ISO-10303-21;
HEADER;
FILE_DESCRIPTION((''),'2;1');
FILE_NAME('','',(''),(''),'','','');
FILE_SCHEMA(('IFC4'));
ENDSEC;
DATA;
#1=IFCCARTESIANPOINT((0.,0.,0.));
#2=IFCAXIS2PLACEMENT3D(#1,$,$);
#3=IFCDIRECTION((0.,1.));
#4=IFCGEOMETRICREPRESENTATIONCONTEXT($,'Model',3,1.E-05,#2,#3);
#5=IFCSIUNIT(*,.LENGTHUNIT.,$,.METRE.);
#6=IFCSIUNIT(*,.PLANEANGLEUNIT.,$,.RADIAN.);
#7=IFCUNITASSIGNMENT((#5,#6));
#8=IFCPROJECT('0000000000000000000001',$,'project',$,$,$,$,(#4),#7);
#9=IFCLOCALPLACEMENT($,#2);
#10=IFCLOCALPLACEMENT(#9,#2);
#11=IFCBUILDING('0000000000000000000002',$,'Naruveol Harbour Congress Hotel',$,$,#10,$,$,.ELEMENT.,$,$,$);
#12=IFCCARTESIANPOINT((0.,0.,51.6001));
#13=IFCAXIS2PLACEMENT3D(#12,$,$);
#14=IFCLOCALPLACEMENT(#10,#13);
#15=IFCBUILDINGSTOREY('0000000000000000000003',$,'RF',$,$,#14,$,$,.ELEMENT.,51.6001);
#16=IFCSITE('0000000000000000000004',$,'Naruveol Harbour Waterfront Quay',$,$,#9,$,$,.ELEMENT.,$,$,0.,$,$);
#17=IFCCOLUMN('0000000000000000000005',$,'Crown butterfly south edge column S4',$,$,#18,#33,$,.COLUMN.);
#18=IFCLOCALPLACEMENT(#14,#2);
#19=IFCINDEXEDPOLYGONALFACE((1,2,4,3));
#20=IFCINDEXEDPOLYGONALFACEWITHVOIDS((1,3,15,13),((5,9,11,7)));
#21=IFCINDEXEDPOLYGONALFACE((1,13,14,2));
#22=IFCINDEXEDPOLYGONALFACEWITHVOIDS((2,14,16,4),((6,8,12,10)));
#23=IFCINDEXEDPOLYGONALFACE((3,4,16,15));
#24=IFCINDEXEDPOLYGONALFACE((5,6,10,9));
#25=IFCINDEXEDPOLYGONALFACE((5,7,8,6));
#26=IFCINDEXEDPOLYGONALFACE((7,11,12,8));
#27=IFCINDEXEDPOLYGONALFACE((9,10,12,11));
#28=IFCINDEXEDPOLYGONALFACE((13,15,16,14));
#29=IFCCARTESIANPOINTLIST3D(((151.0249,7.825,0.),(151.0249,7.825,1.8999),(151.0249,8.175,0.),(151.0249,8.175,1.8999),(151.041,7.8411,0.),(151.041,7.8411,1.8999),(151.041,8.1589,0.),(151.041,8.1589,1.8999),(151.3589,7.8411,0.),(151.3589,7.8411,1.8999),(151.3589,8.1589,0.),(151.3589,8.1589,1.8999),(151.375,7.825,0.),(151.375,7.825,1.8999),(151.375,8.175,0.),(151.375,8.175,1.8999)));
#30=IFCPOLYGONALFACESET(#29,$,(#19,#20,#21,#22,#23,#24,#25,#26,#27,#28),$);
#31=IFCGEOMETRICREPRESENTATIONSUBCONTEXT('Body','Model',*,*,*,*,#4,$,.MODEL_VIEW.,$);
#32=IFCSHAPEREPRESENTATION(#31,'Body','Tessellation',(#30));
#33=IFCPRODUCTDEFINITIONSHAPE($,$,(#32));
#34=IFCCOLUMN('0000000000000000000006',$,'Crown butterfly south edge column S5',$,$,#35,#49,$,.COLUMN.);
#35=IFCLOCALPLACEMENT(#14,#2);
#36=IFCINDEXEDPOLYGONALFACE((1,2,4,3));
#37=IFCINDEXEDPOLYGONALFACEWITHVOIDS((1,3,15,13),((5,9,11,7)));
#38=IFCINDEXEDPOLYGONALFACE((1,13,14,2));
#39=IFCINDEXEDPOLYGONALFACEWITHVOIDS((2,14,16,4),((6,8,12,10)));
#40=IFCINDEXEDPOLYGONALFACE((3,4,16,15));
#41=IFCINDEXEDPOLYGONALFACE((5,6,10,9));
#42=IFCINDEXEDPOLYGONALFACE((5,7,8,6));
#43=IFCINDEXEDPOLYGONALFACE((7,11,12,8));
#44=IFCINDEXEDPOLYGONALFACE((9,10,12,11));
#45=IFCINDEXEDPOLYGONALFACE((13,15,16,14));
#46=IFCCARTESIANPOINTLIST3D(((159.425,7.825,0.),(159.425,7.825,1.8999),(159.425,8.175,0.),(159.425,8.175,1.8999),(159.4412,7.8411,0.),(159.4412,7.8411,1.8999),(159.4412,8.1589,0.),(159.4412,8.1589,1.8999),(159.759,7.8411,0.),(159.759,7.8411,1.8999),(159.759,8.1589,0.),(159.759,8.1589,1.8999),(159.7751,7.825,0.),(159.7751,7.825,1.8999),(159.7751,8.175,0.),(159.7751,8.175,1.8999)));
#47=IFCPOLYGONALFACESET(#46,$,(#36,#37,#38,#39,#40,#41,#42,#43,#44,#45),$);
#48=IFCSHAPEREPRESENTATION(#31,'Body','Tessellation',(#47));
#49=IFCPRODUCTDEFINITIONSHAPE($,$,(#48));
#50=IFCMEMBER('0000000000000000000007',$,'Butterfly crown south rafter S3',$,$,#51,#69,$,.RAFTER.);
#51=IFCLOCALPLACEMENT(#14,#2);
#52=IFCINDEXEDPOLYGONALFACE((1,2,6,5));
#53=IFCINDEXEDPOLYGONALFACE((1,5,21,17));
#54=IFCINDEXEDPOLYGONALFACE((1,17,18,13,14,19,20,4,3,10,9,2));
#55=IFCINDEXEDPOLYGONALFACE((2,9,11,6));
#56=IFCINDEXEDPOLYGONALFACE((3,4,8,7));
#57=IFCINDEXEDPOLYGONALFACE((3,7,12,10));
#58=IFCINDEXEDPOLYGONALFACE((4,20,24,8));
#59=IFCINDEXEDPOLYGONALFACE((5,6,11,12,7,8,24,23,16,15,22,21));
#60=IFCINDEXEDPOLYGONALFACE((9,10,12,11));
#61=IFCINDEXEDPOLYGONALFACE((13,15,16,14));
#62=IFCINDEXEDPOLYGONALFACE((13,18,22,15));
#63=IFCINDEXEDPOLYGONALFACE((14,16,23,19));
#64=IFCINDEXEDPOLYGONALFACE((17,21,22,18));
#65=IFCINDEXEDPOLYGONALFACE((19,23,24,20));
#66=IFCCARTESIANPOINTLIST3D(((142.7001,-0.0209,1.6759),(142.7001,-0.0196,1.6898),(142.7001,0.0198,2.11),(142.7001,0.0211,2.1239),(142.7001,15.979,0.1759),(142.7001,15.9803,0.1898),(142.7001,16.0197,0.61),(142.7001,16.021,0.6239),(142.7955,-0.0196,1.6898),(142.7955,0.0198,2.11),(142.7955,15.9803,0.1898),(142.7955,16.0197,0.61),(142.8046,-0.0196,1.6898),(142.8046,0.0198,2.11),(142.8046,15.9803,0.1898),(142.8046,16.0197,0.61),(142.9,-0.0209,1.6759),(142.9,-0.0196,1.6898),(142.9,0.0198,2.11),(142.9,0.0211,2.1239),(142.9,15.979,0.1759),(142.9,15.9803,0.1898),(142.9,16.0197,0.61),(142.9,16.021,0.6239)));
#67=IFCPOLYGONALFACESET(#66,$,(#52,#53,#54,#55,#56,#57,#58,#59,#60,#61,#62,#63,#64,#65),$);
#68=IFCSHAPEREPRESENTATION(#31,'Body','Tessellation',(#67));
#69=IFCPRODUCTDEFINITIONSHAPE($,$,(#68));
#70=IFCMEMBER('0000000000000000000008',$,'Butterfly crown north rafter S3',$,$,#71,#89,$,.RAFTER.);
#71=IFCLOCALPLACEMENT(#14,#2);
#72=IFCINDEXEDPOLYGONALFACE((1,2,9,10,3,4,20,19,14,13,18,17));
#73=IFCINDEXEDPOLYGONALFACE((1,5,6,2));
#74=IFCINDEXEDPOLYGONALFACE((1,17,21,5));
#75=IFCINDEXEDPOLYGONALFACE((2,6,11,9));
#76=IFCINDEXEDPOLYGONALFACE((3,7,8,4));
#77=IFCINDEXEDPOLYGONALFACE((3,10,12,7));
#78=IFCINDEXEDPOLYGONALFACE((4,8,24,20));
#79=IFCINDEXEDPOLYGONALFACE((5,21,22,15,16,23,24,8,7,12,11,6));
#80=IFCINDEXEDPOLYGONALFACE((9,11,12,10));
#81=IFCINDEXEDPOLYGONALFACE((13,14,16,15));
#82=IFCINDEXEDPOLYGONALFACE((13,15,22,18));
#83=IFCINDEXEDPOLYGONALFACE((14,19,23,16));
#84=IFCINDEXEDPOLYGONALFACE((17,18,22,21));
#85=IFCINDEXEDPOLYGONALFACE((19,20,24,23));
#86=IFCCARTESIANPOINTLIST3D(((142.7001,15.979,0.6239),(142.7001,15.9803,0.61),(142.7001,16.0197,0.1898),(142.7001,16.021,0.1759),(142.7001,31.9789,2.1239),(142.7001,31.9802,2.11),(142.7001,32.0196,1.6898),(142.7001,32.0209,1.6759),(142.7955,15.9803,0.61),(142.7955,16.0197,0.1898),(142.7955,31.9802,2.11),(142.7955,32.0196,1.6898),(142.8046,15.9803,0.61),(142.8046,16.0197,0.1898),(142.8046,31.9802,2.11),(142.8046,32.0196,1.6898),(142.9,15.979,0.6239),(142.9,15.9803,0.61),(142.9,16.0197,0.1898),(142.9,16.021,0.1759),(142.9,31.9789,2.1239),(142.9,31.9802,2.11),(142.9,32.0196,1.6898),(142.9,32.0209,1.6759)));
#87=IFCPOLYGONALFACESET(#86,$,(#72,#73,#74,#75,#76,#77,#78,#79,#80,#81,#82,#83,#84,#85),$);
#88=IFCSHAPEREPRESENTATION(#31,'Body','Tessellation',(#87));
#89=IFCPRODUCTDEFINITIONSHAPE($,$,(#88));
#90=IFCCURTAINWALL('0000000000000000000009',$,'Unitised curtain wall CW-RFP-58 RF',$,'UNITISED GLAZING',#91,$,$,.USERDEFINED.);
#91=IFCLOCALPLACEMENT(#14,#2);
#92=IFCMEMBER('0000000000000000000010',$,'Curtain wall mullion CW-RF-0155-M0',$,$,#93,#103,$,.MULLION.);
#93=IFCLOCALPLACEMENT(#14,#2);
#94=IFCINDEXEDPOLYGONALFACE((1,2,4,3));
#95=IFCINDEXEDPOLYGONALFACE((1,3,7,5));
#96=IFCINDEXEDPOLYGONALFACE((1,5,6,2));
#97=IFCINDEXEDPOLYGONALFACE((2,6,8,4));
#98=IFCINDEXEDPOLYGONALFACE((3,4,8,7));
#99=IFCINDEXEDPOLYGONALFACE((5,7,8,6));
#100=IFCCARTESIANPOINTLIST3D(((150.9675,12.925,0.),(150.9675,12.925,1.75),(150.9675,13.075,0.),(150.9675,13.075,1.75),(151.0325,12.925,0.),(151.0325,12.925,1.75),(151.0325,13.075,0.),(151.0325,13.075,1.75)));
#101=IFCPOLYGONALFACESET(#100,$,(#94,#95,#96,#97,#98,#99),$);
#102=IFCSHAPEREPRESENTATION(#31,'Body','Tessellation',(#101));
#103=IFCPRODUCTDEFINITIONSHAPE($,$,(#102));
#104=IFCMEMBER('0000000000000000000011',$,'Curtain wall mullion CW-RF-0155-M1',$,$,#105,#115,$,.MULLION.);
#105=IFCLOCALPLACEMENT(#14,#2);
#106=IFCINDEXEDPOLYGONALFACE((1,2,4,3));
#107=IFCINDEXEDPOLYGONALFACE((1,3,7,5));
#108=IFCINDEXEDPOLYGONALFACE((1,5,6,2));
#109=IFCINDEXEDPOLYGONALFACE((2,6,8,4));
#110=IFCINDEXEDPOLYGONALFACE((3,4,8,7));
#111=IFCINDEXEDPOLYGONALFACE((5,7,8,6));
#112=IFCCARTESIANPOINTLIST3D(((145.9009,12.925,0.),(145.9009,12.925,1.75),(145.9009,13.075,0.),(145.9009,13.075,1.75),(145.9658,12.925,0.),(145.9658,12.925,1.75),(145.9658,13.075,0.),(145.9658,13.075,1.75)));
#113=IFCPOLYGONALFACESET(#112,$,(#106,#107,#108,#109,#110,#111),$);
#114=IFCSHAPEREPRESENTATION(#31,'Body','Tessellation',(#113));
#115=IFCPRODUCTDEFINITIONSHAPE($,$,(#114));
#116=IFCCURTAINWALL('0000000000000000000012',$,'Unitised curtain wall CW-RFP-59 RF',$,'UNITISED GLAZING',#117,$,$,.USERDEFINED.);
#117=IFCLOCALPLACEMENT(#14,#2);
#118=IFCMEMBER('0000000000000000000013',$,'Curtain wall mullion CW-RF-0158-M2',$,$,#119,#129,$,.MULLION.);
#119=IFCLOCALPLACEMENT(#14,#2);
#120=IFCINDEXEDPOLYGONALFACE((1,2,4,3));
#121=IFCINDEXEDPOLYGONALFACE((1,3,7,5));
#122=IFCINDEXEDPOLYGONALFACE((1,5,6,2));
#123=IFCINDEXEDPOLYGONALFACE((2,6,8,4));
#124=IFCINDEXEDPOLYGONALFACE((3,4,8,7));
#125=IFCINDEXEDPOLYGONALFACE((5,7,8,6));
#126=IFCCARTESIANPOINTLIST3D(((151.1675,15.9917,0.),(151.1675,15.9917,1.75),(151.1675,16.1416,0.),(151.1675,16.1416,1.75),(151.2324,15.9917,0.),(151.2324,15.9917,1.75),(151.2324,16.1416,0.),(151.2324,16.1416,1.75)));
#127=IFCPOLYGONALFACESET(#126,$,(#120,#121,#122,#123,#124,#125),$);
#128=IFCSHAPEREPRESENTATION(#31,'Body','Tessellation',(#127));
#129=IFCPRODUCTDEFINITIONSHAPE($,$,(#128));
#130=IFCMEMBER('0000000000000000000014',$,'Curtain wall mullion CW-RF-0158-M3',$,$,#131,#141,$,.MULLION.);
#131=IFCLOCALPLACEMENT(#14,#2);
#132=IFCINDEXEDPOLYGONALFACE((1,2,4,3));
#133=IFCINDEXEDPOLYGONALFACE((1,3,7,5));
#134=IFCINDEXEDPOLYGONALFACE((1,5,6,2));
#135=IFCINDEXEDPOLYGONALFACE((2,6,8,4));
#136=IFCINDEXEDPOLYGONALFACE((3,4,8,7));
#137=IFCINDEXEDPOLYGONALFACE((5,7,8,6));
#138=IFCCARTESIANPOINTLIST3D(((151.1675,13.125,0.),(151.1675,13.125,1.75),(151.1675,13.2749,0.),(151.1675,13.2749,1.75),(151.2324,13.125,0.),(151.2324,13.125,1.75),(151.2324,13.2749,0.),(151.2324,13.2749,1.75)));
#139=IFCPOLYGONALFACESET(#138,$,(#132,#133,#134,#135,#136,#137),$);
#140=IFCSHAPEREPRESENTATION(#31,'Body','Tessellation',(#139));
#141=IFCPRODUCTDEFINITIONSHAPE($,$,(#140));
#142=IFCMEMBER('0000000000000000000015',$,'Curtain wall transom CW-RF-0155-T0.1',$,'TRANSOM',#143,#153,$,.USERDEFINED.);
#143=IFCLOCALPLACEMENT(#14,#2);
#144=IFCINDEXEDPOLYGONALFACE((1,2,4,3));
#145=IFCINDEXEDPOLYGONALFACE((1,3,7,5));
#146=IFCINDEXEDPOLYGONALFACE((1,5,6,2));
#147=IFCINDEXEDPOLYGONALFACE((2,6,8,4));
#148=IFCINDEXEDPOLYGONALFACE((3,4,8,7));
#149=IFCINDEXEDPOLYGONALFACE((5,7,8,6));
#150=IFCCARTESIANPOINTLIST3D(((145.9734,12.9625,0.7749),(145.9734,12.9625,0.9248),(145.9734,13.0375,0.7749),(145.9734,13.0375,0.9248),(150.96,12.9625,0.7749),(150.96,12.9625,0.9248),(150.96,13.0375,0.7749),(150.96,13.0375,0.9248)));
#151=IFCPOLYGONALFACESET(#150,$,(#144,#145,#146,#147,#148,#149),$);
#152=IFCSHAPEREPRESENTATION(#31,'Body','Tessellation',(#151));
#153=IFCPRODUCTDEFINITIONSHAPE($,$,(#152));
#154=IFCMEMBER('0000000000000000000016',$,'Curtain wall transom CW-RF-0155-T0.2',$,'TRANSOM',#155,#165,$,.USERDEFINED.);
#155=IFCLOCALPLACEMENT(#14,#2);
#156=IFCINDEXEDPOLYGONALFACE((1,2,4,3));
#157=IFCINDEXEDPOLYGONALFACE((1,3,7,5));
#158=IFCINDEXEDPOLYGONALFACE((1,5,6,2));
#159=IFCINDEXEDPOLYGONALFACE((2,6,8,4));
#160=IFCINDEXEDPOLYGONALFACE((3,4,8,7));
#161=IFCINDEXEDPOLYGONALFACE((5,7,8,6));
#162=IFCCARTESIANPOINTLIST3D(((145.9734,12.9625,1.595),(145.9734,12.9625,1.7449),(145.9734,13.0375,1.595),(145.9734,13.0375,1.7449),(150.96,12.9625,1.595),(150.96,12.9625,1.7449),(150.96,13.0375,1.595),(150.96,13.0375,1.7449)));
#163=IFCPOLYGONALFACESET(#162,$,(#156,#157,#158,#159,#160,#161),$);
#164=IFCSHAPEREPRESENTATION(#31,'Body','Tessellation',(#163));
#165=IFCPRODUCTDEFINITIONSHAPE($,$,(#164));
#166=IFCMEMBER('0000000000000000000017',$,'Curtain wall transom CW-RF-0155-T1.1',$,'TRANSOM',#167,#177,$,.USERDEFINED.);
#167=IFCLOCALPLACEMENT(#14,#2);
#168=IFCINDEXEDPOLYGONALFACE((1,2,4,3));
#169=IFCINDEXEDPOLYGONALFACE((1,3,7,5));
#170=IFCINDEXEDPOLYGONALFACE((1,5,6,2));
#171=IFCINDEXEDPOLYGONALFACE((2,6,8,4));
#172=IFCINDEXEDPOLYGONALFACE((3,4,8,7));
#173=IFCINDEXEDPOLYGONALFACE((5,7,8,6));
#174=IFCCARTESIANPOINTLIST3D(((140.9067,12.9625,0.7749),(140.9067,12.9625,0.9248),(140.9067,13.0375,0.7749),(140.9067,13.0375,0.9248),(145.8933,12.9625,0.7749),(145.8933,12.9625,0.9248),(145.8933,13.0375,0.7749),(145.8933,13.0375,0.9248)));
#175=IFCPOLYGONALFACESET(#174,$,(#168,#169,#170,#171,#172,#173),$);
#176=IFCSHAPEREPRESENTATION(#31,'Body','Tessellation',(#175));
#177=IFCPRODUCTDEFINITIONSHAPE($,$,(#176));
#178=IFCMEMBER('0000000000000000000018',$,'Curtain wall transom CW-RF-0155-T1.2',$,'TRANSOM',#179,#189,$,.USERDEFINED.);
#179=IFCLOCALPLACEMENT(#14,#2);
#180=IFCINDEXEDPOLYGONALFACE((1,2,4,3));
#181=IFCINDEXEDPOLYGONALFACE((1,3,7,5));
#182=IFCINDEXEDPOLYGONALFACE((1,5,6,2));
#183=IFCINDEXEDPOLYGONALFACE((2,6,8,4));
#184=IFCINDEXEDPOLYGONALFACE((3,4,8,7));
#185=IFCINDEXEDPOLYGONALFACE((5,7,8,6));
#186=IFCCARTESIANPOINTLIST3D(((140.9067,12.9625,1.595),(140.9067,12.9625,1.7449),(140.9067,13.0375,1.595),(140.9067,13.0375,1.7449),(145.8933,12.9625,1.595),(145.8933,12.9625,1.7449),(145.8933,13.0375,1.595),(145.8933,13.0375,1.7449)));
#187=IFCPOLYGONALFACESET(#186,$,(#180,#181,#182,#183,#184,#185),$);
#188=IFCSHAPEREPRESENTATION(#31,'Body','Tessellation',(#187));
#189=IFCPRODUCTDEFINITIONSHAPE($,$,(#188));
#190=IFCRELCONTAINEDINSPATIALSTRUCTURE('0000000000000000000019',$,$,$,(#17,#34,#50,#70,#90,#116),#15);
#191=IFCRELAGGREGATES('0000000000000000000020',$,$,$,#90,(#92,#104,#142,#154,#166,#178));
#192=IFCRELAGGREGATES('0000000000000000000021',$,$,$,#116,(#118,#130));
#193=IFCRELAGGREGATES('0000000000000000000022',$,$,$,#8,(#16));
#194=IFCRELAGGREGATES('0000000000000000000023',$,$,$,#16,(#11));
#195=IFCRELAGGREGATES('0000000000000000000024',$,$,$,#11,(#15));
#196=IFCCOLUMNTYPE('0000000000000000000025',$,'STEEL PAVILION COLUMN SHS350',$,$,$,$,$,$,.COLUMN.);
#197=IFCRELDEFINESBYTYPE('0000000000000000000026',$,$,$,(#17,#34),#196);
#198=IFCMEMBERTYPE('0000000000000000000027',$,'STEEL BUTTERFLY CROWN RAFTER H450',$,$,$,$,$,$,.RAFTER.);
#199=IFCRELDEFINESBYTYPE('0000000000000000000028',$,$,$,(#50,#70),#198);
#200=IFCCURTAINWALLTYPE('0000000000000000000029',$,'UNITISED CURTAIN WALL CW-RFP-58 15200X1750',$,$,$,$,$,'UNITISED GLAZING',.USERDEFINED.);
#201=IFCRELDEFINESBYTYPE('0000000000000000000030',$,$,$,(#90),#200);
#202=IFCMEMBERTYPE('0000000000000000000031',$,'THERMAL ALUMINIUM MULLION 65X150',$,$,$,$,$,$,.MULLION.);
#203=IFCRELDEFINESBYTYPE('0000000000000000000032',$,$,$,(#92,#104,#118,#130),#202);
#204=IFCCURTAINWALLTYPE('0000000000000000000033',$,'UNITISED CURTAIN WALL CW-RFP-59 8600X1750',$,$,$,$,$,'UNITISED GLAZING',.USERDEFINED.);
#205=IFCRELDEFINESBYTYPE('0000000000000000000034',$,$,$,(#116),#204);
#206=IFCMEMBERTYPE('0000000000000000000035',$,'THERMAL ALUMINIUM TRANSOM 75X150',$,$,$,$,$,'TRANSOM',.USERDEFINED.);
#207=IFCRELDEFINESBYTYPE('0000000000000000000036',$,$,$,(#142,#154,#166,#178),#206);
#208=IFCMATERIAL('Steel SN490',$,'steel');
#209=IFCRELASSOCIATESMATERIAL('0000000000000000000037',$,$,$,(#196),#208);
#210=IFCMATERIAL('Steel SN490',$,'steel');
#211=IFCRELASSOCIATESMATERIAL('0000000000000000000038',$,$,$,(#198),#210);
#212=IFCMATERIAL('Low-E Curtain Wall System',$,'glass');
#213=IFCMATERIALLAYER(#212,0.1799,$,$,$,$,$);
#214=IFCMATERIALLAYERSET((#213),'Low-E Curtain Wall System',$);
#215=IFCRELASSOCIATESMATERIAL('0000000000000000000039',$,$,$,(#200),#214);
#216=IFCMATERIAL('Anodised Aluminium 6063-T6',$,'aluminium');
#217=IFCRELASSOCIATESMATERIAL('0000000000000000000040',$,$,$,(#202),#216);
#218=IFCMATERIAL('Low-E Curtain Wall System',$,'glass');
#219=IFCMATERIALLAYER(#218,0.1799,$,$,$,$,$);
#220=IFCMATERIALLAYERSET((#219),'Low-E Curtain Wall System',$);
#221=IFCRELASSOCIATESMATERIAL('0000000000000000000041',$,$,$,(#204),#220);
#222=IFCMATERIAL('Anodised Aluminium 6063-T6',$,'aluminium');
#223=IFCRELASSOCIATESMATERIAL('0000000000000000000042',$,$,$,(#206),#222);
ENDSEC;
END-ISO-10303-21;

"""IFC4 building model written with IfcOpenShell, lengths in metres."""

from ifc_helpers import new_model, si_unit, direction, frame, origin, origin_2d, place, context, subcontext, project, spatial, rectangle, hollow_rectangle, i_section, extrude, material, layer, layer_set, material_profile, profile_set, type_object, element, aggregate, save


model = new_model("IFC4")

# Units and contexts
model_context = context("Model", 3, precision=1e-05, world=origin(), true_north=direction((0.0, 1.0)))
body_context = subcontext(model_context, "Body", "Model", "MODEL_VIEW")
ifc_project = project(units=[si_unit("LENGTHUNIT", "METRE"), si_unit("PLANEANGLEUNIT", "RADIAN")], contexts=[model_context])

# Site, building, storey
site_placement = place(None, origin())
site = spatial("IfcSite", under=ifc_project, at=site_placement, Name="Naruveol Harbour Waterfront Quay", CompositionType="ELEMENT", RefElevation=0.0)
building_placement = place(site_placement, origin())
building = spatial("IfcBuilding", under=site, at=building_placement, Name="Naruveol Harbour Congress Hotel", CompositionType="ELEMENT")
storey_placement = place(building_placement, frame((0.0, 0.0, 51.6001)))
storey = spatial("IfcBuildingStorey", under=building, at=storey_placement, Name="RF", CompositionType="ELEMENT", Elevation=51.6001)

# Columns
ifc_material_1 = material(Name="Steel SN490", Category="steel")
ifc_material_profile_1 = material_profile(ifc_material_1, hollow_rectangle(XDim=0.3501, YDim=0.3501, WallThickness=0.0161, at=origin_2d()), Name="SHS-350x350x16")
ifc_profile_set_1 = profile_set([ifc_material_profile_1], Name="Steel SN490")
column_type = type_object("IfcColumnType", Name="STEEL PAVILION COLUMN SHS350", PredefinedType="COLUMN", material=ifc_profile_set_1)
for number, where, z_axis, x_axis, name in (
    (1, (151.2, 8.0, 0.0), (0.0, 0.0, 1.0), (1.0, 0.0, 0.0), "Crown butterfly south edge column S4"),
    (2, (159.6001, 8.0, 0.0), (0.0, 0.0, 1.0), (1.0, 0.0, 0.0), "Crown butterfly south edge column S5"),
):
    element("IfcColumn", number, at=place(storey_placement, frame(where, z_axis=z_axis, x_axis=x_axis)), inside=storey, type_object=column_type, Name=name, PredefinedType="COLUMN", context=body_context, shape_type="SweptSolid", body=[
        extrude(hollow_rectangle(XDim=0.3501, YDim=0.3501, WallThickness=0.0161, at=origin_2d()), origin(), (0.0, 0.0, 1.0), 1.8999),
    ])

# Members
ifc_material_2 = material(Name="Steel SN490", Category="steel")
ifc_material_profile_2 = material_profile(ifc_material_2, i_section(OverallWidth=0.2, OverallDepth=0.45, WebThickness=0.009, FlangeThickness=0.0139, at=origin_2d()), Name="H-450x200x9x14")
ifc_profile_set_2 = profile_set([ifc_material_profile_2], Name="Steel SN490")
member_type_1 = type_object("IfcMemberType", Name="STEEL BUTTERFLY CROWN RAFTER H450", PredefinedType="RAFTER", material=ifc_profile_set_2)
for number, where, z_axis, x_axis, name in (
    (3, (142.8, 16.0, 0.3999), (0.0, -0.995634, 0.093341), (1.0, 0.0, 0.0), "Butterfly crown south rafter S3"),
    (4, (142.8, 16.0, 0.3999), (0.0, 0.995634, 0.093341), (-1.0, 0.0, 0.0), "Butterfly crown north rafter S3"),
):
    element("IfcMember", number, at=place(storey_placement, frame(where, z_axis=z_axis, x_axis=x_axis)), inside=storey, type_object=member_type_1, Name=name, PredefinedType="RAFTER", context=body_context, shape_type="SweptSolid", body=[
        extrude(i_section(OverallWidth=0.2, OverallDepth=0.45, WebThickness=0.009, FlangeThickness=0.0139, at=origin_2d()), origin(), (0.0, 0.0, 1.0), 16.0701),
    ])

# Curtain walls, members
ifc_material_3 = material(Name="Low-E Curtain Wall System", Category="glass")
ifc_layer_1 = layer(ifc_material_3, 0.1799)
ifc_layer_set_1 = layer_set([ifc_layer_1], Name="Low-E Curtain Wall System")
curtain_wall_type_1 = type_object("IfcCurtainWallType", Name="UNITISED CURTAIN WALL CW-RFP-58 15200X1750", ElementType="UNITISED GLAZING", PredefinedType="USERDEFINED", material=ifc_layer_set_1)
curtain_wall_1_placement = place(storey_placement, origin())
curtain_wall_1 = element("IfcCurtainWall", 5, at=curtain_wall_1_placement, inside=storey, type_object=curtain_wall_type_1, Name="Unitised curtain wall CW-RFP-58 RF", ObjectType="UNITISED GLAZING", PredefinedType="USERDEFINED")
ifc_material_4 = material(Name="Anodised Aluminium 6063-T6", Category="aluminium")
ifc_material_profile_3 = material_profile(ifc_material_4, rectangle(XDim=0.0649, YDim=0.1499, at=origin_2d()), Name="ALU-65x150")
ifc_profile_set_3 = profile_set([ifc_material_profile_3], Name="Anodised Aluminium 6063-T6")
member_type_2 = type_object("IfcMemberType", Name="THERMAL ALUMINIUM MULLION 65X150", PredefinedType="MULLION", material=ifc_profile_set_3)
member_1_placement = place(storey_placement, frame((151.0, 13.0, 0.0), z_axis=(0.0, 0.0, 1.0), x_axis=(1.0, 0.0, 0.0)))
member_1 = element("IfcMember", 6, at=member_1_placement, type_object=member_type_2, Name="Curtain wall mullion CW-RF-0155-M0", PredefinedType="MULLION", context=body_context, shape_type="SweptSolid", body=[
    extrude(rectangle(XDim=0.0649, YDim=0.1499, at=origin_2d()), origin(), (0.0, 0.0, 1.0), 1.75),
])
member_2_placement = place(storey_placement, frame((145.9333, 13.0, 0.0), z_axis=(0.0, 0.0, 1.0), x_axis=(1.0, 0.0, 0.0)))
member_2 = element("IfcMember", 7, at=member_2_placement, type_object=member_type_2, Name="Curtain wall mullion CW-RF-0155-M1", PredefinedType="MULLION", context=body_context, shape_type="SweptSolid", body=[
    extrude(rectangle(XDim=0.0649, YDim=0.1499, at=origin_2d()), origin(), (0.0, 0.0, 1.0), 1.75),
])
ifc_material_5 = material(Name="Low-E Curtain Wall System", Category="glass")
ifc_layer_2 = layer(ifc_material_5, 0.1799)
ifc_layer_set_2 = layer_set([ifc_layer_2], Name="Low-E Curtain Wall System")
curtain_wall_type_2 = type_object("IfcCurtainWallType", Name="UNITISED CURTAIN WALL CW-RFP-59 8600X1750", ElementType="UNITISED GLAZING", PredefinedType="USERDEFINED", material=ifc_layer_set_2)
curtain_wall_2_placement = place(storey_placement, origin())
curtain_wall_2 = element("IfcCurtainWall", 8, at=curtain_wall_2_placement, inside=storey, type_object=curtain_wall_type_2, Name="Unitised curtain wall CW-RFP-59 RF", ObjectType="UNITISED GLAZING", PredefinedType="USERDEFINED")
member_3_placement = place(storey_placement, frame((151.2, 16.0667, 0.0), z_axis=(0.0, 0.0, 1.0), x_axis=(1.0, 0.0, 0.0)))
member_3 = element("IfcMember", 9, at=member_3_placement, type_object=member_type_2, Name="Curtain wall mullion CW-RF-0158-M2", PredefinedType="MULLION", context=body_context, shape_type="SweptSolid", body=[
    extrude(rectangle(XDim=0.0649, YDim=0.1499, at=origin_2d()), origin(), (0.0, 0.0, 1.0), 1.75),
])
member_4_placement = place(storey_placement, frame((151.2, 13.2, 0.0), z_axis=(0.0, 0.0, 1.0), x_axis=(1.0, 0.0, 0.0)))
member_4 = element("IfcMember", 10, at=member_4_placement, type_object=member_type_2, Name="Curtain wall mullion CW-RF-0158-M3", PredefinedType="MULLION", context=body_context, shape_type="SweptSolid", body=[
    extrude(rectangle(XDim=0.0649, YDim=0.1499, at=origin_2d()), origin(), (0.0, 0.0, 1.0), 1.75),
])

# Members
ifc_material_6 = material(Name="Anodised Aluminium 6063-T6", Category="aluminium")
ifc_material_profile_4 = material_profile(ifc_material_6, rectangle(XDim=0.075, YDim=0.1499, at=origin_2d()), Name="ALU-75x150")
ifc_profile_set_4 = profile_set([ifc_material_profile_4], Name="Anodised Aluminium 6063-T6")
member_type_3 = type_object("IfcMemberType", Name="THERMAL ALUMINIUM TRANSOM 75X150", ElementType="TRANSOM", PredefinedType="USERDEFINED", material=ifc_profile_set_4)
member_5_placement = place(storey_placement, frame((150.96, 13.0, 0.8499), z_axis=(-1.0, 0.0, 0.0), x_axis=(0.0, -1.0, 0.0)))
member_5 = element("IfcMember", 11, at=member_5_placement, type_object=member_type_3, Name="Curtain wall transom CW-RF-0155-T0.1", ObjectType="TRANSOM", PredefinedType="USERDEFINED", context=body_context, shape_type="SweptSolid", body=[
    extrude(rectangle(XDim=0.075, YDim=0.1499, at=origin_2d()), origin(), (0.0, 0.0, 1.0), 4.9866),
])
member_6_placement = place(storey_placement, frame((150.96, 13.0, 1.6699), z_axis=(-1.0, 0.0, 0.0), x_axis=(0.0, -1.0, 0.0)))
member_6 = element("IfcMember", 12, at=member_6_placement, type_object=member_type_3, Name="Curtain wall transom CW-RF-0155-T0.2", ObjectType="TRANSOM", PredefinedType="USERDEFINED", context=body_context, shape_type="SweptSolid", body=[
    extrude(rectangle(XDim=0.075, YDim=0.1499, at=origin_2d()), origin(), (0.0, 0.0, 1.0), 4.9866),
])
member_7_placement = place(storey_placement, frame((145.8933, 13.0, 0.8499), z_axis=(-1.0, 0.0, 0.0), x_axis=(0.0, -1.0, 0.0)))
member_7 = element("IfcMember", 13, at=member_7_placement, type_object=member_type_3, Name="Curtain wall transom CW-RF-0155-T1.1", ObjectType="TRANSOM", PredefinedType="USERDEFINED", context=body_context, shape_type="SweptSolid", body=[
    extrude(rectangle(XDim=0.075, YDim=0.1499, at=origin_2d()), origin(), (0.0, 0.0, 1.0), 4.9866),
])
member_8_placement = place(storey_placement, frame((145.8933, 13.0, 1.6699), z_axis=(-1.0, 0.0, 0.0), x_axis=(0.0, -1.0, 0.0)))
member_8 = element("IfcMember", 14, at=member_8_placement, type_object=member_type_3, Name="Curtain wall transom CW-RF-0155-T1.2", ObjectType="TRANSOM", PredefinedType="USERDEFINED", context=body_context, shape_type="SweptSolid", body=[
    extrude(rectangle(XDim=0.075, YDim=0.1499, at=origin_2d()), origin(), (0.0, 0.0, 1.0), 4.9866),
])

aggregate(curtain_wall_1, [member_1, member_2, member_5, member_6, member_7, member_8])
aggregate(curtain_wall_2, [member_3, member_4])

save(model, "model.ifc")
